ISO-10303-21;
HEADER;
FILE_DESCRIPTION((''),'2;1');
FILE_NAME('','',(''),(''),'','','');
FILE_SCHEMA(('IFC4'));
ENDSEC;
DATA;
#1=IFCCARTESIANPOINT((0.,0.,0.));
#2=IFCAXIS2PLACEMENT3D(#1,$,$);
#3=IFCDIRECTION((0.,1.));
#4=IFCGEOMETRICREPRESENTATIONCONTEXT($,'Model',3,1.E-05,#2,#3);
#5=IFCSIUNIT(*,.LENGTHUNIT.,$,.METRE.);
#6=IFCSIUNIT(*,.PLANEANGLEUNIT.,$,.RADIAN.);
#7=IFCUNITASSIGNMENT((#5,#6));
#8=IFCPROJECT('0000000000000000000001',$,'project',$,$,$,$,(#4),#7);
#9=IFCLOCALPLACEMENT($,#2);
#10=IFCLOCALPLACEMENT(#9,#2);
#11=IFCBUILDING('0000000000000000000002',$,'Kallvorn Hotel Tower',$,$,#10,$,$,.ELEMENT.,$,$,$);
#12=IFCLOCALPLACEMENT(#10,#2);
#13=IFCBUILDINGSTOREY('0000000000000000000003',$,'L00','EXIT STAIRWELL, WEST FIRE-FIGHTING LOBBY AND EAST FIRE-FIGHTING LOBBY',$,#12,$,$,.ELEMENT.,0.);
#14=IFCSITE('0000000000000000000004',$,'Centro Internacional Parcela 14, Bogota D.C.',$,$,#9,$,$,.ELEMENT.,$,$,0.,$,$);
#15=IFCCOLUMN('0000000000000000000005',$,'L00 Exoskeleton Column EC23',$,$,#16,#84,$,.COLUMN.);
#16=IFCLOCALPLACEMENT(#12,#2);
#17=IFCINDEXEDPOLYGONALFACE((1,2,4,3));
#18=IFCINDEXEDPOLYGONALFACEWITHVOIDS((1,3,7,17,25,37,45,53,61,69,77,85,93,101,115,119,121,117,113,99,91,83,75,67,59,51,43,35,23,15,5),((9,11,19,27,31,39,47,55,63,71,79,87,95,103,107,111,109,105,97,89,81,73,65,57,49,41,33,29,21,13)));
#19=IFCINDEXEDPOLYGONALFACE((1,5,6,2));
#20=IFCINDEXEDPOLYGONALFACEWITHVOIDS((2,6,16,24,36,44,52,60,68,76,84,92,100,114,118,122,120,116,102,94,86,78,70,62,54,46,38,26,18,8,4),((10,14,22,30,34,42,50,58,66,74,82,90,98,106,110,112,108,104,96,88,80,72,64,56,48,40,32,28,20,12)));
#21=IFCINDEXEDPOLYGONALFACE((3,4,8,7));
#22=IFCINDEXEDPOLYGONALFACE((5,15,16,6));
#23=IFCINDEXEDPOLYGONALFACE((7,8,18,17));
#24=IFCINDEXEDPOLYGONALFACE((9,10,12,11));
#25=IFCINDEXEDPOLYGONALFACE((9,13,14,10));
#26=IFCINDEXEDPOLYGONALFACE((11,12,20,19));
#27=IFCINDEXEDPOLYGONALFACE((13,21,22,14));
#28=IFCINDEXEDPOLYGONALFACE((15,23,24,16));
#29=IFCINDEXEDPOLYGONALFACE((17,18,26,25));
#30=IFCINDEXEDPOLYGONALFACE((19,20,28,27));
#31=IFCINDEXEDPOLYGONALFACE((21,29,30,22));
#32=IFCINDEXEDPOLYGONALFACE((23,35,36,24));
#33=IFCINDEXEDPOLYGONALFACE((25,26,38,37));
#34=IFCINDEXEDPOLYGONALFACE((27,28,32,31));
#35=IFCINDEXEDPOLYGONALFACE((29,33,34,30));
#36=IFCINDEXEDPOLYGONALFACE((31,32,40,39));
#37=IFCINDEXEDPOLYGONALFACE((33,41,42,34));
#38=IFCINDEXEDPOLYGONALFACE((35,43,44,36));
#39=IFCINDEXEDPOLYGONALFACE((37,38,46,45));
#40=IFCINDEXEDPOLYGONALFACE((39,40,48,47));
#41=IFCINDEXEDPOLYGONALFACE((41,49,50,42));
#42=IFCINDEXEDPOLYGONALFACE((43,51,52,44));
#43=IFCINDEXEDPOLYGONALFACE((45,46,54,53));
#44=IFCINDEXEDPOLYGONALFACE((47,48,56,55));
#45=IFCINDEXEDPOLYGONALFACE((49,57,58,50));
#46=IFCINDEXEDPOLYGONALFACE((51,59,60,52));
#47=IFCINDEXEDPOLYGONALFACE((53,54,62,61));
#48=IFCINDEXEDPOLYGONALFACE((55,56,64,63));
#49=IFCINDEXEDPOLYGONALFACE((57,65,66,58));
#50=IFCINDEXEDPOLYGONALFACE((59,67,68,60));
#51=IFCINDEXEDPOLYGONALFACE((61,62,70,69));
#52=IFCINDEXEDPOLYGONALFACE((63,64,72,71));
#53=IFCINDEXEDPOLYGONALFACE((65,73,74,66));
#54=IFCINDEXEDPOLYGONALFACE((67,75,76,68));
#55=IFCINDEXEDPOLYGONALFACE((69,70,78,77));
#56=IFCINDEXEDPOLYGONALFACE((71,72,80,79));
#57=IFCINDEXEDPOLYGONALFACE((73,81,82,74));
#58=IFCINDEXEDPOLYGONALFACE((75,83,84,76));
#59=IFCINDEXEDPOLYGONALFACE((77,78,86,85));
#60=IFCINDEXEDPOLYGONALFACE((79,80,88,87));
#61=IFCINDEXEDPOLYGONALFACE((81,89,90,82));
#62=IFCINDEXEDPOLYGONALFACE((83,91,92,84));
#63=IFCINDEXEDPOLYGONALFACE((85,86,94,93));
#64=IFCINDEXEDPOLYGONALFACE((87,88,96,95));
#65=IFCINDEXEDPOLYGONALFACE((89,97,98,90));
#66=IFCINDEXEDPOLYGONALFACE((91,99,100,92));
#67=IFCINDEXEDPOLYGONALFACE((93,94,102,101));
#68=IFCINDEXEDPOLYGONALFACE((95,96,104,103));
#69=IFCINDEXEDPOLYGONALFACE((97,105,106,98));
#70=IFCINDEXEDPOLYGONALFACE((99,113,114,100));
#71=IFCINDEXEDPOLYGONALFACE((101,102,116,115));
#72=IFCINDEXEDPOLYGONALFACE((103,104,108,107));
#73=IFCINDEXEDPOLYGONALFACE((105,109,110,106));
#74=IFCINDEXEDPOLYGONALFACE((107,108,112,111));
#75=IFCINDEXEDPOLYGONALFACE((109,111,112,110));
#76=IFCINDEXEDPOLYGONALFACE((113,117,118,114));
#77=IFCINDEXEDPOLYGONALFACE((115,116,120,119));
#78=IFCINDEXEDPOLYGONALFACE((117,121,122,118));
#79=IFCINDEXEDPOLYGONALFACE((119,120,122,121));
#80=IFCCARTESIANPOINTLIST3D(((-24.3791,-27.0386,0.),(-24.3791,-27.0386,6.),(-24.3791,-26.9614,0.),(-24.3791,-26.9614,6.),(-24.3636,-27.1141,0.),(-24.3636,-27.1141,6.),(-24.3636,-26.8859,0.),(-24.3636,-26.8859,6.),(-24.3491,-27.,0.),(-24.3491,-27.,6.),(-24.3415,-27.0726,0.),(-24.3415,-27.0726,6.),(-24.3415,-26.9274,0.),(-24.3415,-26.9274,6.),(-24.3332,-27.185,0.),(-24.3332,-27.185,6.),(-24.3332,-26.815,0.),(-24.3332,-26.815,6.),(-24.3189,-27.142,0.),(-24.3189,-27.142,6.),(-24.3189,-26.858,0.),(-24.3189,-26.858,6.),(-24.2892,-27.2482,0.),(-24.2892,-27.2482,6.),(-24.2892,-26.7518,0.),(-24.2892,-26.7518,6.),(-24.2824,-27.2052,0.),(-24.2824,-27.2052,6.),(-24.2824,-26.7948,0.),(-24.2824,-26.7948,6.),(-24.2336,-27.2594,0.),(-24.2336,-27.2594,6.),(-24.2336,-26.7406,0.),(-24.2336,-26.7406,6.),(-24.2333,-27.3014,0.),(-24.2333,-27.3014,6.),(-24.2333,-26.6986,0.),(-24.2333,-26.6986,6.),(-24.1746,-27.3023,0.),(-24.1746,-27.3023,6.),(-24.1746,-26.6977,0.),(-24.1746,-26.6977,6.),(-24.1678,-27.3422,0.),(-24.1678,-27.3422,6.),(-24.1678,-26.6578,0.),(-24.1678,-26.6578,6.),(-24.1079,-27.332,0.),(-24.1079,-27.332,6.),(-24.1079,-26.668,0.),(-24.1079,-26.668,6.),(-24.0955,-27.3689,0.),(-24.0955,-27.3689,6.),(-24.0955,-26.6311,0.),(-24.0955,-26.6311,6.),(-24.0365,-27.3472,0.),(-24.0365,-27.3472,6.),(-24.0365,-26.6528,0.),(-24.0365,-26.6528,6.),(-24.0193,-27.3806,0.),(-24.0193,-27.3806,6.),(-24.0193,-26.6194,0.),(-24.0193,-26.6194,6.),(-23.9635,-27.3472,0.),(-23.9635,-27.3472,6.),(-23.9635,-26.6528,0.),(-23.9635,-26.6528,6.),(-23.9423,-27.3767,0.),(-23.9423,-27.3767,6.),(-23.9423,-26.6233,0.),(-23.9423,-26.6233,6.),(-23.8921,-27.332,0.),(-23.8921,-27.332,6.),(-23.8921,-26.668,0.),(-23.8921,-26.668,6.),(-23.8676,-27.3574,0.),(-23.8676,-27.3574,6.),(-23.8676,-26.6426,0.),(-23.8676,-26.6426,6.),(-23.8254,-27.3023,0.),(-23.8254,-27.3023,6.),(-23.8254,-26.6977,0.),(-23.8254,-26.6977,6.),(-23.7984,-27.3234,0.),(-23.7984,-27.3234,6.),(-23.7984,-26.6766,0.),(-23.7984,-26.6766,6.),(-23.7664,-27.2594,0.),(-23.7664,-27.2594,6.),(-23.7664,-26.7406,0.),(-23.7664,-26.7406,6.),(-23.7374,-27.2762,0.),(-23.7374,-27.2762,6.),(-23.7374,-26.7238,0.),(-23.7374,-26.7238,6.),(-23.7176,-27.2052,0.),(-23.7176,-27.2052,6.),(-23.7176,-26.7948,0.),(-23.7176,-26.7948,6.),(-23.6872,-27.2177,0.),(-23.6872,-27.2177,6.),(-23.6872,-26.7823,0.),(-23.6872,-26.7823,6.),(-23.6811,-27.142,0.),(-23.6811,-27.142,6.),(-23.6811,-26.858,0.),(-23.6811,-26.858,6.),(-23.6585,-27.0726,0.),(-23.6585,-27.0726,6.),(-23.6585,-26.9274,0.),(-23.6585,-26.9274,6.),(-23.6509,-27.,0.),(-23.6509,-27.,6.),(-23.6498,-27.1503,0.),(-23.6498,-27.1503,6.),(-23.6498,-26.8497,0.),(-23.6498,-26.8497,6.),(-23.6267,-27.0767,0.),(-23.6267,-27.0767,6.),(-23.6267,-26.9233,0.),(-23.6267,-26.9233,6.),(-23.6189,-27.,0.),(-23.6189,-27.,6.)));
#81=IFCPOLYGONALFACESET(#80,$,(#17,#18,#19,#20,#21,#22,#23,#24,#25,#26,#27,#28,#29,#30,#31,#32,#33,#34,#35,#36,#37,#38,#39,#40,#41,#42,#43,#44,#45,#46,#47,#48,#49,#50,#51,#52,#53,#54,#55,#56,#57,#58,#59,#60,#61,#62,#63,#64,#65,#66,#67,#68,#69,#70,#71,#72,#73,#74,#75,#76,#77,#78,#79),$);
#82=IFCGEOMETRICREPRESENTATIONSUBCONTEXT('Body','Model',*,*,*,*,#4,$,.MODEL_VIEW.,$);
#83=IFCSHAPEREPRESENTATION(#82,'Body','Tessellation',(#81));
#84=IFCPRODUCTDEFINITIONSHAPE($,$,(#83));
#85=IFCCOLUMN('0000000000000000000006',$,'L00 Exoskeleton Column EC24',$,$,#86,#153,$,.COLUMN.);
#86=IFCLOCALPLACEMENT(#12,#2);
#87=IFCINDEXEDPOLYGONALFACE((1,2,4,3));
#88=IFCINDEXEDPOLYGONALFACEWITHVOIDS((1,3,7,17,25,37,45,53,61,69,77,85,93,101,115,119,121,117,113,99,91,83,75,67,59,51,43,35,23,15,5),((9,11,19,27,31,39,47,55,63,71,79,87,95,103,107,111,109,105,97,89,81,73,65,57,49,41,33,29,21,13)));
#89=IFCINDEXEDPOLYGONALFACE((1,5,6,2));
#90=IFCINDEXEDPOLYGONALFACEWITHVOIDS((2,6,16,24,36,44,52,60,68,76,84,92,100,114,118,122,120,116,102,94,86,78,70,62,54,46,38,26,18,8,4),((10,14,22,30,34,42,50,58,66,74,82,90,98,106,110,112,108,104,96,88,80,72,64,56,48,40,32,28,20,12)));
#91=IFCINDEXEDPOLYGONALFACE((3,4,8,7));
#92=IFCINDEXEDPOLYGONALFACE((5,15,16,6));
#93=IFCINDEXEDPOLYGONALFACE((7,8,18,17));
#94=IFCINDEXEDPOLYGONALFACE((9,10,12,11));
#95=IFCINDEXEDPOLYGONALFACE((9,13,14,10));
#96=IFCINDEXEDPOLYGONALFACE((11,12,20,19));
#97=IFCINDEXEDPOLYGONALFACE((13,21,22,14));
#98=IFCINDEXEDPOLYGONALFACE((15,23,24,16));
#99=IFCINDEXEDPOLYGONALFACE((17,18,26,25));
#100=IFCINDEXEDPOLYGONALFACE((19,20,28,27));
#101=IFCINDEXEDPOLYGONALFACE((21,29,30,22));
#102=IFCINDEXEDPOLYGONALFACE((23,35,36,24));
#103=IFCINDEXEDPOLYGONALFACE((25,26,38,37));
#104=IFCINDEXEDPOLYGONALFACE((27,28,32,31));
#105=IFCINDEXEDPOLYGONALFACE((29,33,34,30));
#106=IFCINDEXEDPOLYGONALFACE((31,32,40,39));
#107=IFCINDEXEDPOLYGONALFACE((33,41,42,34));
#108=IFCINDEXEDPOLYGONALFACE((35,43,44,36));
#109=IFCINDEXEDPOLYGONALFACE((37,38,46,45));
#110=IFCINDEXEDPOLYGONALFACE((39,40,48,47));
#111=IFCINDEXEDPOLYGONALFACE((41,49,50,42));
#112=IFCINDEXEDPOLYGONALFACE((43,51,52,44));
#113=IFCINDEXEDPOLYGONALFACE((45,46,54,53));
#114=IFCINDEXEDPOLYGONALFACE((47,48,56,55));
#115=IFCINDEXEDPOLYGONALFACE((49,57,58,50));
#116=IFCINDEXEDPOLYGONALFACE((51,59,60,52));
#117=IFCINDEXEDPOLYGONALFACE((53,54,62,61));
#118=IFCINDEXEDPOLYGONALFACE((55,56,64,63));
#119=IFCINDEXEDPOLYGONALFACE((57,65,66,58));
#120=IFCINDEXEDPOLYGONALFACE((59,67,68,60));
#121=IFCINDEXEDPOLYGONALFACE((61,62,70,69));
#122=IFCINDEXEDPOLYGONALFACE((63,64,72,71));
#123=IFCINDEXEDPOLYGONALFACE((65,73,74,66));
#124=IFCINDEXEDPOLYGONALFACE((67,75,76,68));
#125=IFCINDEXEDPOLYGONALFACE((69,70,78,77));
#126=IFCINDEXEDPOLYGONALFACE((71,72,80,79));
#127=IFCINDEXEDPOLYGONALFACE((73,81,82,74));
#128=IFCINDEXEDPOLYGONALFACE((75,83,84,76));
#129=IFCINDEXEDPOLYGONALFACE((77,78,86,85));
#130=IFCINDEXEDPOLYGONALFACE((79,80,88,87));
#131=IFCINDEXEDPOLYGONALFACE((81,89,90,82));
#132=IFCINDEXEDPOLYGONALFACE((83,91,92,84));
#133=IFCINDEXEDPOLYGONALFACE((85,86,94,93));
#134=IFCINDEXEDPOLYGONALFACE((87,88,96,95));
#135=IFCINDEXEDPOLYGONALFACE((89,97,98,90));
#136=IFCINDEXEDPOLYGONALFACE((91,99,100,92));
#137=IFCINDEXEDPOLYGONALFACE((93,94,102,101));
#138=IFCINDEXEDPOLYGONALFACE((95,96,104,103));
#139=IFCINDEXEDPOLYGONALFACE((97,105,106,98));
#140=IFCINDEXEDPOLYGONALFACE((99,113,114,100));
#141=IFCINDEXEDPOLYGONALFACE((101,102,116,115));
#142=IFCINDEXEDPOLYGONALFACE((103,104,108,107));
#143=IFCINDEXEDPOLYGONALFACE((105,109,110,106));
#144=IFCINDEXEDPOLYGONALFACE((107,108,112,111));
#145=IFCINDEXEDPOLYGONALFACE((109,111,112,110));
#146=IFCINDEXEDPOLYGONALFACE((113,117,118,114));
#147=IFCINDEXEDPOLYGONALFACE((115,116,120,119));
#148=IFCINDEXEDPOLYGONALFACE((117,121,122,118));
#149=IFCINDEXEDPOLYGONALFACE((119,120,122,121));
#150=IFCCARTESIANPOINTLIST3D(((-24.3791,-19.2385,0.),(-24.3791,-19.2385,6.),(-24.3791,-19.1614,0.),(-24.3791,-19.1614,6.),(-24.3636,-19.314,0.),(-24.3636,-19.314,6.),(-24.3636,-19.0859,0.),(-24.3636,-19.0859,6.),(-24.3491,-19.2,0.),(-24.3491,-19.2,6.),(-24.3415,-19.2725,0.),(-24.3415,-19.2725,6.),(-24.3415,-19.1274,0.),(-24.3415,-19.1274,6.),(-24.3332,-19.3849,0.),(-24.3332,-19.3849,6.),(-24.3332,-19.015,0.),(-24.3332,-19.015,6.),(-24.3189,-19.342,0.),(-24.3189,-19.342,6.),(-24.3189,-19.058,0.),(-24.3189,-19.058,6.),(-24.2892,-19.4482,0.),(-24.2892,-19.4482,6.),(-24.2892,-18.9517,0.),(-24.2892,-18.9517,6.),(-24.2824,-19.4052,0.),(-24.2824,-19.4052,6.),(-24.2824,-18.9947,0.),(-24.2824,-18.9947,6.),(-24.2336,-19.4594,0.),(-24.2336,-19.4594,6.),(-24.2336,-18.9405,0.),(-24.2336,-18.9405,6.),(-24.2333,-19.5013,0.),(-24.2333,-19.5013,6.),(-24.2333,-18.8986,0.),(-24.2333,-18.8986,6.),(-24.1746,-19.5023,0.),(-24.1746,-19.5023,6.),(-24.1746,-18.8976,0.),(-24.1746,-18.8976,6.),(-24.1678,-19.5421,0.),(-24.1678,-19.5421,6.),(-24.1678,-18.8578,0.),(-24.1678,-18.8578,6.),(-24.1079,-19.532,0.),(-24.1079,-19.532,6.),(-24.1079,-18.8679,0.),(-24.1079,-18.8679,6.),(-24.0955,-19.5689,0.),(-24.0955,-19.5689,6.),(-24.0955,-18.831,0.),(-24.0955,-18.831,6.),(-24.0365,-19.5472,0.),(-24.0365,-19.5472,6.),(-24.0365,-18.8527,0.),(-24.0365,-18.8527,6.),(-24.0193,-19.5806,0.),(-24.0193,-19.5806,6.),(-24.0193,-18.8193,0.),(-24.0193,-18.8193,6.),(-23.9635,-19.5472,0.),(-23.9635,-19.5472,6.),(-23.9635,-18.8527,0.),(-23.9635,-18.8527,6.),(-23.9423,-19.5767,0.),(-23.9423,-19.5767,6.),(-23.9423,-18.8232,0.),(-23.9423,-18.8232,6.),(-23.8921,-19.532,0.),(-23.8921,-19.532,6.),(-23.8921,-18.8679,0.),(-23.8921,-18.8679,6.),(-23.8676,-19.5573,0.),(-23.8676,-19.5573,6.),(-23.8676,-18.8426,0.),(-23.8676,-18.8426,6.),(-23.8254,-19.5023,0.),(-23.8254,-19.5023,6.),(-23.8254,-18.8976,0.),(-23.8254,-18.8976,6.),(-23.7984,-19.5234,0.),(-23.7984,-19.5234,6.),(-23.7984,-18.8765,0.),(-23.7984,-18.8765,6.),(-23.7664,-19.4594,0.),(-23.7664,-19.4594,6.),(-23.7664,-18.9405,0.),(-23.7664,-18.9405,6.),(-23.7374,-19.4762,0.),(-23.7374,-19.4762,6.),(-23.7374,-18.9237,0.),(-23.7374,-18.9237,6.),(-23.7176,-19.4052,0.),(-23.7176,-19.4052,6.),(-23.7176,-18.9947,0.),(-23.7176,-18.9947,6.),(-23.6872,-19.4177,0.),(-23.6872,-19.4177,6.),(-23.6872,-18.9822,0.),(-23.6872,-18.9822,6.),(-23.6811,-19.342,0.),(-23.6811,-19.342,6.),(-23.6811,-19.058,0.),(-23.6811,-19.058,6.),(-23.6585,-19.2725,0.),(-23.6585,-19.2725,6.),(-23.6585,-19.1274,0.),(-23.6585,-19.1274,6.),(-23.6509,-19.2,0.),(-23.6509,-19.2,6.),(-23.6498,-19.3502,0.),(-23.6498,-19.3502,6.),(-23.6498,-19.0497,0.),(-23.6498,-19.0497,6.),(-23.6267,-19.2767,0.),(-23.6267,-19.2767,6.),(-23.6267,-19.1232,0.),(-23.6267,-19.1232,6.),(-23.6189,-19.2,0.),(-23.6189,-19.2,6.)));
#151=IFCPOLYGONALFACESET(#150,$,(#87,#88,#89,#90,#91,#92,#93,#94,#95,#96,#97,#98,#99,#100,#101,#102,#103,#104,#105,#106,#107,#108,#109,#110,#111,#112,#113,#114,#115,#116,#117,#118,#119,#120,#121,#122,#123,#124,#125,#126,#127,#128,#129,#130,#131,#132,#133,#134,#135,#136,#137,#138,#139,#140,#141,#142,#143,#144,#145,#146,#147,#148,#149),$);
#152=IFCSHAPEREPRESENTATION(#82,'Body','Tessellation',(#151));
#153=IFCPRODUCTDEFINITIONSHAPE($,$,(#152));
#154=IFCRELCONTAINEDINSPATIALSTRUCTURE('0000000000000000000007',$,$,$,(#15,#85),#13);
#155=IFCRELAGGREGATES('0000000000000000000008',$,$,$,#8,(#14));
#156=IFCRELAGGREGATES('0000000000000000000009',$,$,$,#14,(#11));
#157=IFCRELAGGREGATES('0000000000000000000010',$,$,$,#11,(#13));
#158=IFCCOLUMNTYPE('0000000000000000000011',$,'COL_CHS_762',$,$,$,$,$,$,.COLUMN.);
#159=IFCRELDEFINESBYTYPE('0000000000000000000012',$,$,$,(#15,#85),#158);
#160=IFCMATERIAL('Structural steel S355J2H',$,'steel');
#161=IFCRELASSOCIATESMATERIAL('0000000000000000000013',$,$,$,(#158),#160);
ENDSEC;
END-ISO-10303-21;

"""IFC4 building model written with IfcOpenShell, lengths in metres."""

from ifc_helpers import new_model, si_unit, direction, frame, origin, origin_2d, place, context, subcontext, project, spatial, hollow_circle, extrude, material, material_profile, profile_set, type_object, element, save


model = new_model("IFC4")

# Units and contexts
model_context = context("Model", 3, precision=1e-05, world=origin(), true_north=direction((0.0, 1.0)))
body_context = subcontext(model_context, "Body", "Model", "MODEL_VIEW")
ifc_project = project(units=[si_unit("LENGTHUNIT", "METRE"), si_unit("PLANEANGLEUNIT", "RADIAN")], contexts=[model_context])

# Site, building, storey
site_placement = place(None, origin())
site = spatial("IfcSite", under=ifc_project, at=site_placement, Name="Centro Internacional Parcela 14, Bogota D.C.", CompositionType="ELEMENT", RefElevation=0.0)
building_placement = place(site_placement, origin())
building = spatial("IfcBuilding", under=site, at=building_placement, Name="Kallvorn Hotel Tower", CompositionType="ELEMENT")
storey_placement = place(building_placement, origin())
storey = spatial("IfcBuildingStorey", under=building, at=storey_placement, Name="L00", Description="EXIT STAIRWELL, WEST FIRE-FIGHTING LOBBY AND EAST FIRE-FIGHTING LOBBY", CompositionType="ELEMENT", Elevation=0.0)

# Columns
ifc_material_1 = material(Name="Structural steel S355J2H", Category="steel")
ifc_material_profile_1 = material_profile(ifc_material_1, hollow_circle(Radius=0.3811, WallThickness=0.032, at=origin_2d()), Name="CHS 762x32")
ifc_profile_set_1 = profile_set([ifc_material_profile_1], Name="Structural steel S355J2H")
column_type_1 = type_object("IfcColumnType", Name="COL_CHS_762", PredefinedType="COLUMN", material=ifc_profile_set_1)
for number, where, z_axis, x_axis, name in (
    (1, (-24.0, -27.0, 0.0), (0.0, 0.0, 1.0), (1.0, 0.0, 0.0), "L00 Exoskeleton Column EC23"),
    (2, (-24.0, -19.2, 0.0), (0.0, 0.0, 1.0), (1.0, 0.0, 0.0), "L00 Exoskeleton Column EC24"),
):
    element("IfcColumn", number, at=place(storey_placement, frame(where, z_axis=z_axis, x_axis=x_axis)), inside=storey, type_object=column_type_1, Name=name, PredefinedType="COLUMN", context=body_context, shape_type="SweptSolid", body=[
        extrude(hollow_circle(Radius=0.3811, WallThickness=0.032, at=origin_2d()), origin(), (0.0, 0.0, 1.0), 6.0),
    ])

save(model, "model.ifc")
